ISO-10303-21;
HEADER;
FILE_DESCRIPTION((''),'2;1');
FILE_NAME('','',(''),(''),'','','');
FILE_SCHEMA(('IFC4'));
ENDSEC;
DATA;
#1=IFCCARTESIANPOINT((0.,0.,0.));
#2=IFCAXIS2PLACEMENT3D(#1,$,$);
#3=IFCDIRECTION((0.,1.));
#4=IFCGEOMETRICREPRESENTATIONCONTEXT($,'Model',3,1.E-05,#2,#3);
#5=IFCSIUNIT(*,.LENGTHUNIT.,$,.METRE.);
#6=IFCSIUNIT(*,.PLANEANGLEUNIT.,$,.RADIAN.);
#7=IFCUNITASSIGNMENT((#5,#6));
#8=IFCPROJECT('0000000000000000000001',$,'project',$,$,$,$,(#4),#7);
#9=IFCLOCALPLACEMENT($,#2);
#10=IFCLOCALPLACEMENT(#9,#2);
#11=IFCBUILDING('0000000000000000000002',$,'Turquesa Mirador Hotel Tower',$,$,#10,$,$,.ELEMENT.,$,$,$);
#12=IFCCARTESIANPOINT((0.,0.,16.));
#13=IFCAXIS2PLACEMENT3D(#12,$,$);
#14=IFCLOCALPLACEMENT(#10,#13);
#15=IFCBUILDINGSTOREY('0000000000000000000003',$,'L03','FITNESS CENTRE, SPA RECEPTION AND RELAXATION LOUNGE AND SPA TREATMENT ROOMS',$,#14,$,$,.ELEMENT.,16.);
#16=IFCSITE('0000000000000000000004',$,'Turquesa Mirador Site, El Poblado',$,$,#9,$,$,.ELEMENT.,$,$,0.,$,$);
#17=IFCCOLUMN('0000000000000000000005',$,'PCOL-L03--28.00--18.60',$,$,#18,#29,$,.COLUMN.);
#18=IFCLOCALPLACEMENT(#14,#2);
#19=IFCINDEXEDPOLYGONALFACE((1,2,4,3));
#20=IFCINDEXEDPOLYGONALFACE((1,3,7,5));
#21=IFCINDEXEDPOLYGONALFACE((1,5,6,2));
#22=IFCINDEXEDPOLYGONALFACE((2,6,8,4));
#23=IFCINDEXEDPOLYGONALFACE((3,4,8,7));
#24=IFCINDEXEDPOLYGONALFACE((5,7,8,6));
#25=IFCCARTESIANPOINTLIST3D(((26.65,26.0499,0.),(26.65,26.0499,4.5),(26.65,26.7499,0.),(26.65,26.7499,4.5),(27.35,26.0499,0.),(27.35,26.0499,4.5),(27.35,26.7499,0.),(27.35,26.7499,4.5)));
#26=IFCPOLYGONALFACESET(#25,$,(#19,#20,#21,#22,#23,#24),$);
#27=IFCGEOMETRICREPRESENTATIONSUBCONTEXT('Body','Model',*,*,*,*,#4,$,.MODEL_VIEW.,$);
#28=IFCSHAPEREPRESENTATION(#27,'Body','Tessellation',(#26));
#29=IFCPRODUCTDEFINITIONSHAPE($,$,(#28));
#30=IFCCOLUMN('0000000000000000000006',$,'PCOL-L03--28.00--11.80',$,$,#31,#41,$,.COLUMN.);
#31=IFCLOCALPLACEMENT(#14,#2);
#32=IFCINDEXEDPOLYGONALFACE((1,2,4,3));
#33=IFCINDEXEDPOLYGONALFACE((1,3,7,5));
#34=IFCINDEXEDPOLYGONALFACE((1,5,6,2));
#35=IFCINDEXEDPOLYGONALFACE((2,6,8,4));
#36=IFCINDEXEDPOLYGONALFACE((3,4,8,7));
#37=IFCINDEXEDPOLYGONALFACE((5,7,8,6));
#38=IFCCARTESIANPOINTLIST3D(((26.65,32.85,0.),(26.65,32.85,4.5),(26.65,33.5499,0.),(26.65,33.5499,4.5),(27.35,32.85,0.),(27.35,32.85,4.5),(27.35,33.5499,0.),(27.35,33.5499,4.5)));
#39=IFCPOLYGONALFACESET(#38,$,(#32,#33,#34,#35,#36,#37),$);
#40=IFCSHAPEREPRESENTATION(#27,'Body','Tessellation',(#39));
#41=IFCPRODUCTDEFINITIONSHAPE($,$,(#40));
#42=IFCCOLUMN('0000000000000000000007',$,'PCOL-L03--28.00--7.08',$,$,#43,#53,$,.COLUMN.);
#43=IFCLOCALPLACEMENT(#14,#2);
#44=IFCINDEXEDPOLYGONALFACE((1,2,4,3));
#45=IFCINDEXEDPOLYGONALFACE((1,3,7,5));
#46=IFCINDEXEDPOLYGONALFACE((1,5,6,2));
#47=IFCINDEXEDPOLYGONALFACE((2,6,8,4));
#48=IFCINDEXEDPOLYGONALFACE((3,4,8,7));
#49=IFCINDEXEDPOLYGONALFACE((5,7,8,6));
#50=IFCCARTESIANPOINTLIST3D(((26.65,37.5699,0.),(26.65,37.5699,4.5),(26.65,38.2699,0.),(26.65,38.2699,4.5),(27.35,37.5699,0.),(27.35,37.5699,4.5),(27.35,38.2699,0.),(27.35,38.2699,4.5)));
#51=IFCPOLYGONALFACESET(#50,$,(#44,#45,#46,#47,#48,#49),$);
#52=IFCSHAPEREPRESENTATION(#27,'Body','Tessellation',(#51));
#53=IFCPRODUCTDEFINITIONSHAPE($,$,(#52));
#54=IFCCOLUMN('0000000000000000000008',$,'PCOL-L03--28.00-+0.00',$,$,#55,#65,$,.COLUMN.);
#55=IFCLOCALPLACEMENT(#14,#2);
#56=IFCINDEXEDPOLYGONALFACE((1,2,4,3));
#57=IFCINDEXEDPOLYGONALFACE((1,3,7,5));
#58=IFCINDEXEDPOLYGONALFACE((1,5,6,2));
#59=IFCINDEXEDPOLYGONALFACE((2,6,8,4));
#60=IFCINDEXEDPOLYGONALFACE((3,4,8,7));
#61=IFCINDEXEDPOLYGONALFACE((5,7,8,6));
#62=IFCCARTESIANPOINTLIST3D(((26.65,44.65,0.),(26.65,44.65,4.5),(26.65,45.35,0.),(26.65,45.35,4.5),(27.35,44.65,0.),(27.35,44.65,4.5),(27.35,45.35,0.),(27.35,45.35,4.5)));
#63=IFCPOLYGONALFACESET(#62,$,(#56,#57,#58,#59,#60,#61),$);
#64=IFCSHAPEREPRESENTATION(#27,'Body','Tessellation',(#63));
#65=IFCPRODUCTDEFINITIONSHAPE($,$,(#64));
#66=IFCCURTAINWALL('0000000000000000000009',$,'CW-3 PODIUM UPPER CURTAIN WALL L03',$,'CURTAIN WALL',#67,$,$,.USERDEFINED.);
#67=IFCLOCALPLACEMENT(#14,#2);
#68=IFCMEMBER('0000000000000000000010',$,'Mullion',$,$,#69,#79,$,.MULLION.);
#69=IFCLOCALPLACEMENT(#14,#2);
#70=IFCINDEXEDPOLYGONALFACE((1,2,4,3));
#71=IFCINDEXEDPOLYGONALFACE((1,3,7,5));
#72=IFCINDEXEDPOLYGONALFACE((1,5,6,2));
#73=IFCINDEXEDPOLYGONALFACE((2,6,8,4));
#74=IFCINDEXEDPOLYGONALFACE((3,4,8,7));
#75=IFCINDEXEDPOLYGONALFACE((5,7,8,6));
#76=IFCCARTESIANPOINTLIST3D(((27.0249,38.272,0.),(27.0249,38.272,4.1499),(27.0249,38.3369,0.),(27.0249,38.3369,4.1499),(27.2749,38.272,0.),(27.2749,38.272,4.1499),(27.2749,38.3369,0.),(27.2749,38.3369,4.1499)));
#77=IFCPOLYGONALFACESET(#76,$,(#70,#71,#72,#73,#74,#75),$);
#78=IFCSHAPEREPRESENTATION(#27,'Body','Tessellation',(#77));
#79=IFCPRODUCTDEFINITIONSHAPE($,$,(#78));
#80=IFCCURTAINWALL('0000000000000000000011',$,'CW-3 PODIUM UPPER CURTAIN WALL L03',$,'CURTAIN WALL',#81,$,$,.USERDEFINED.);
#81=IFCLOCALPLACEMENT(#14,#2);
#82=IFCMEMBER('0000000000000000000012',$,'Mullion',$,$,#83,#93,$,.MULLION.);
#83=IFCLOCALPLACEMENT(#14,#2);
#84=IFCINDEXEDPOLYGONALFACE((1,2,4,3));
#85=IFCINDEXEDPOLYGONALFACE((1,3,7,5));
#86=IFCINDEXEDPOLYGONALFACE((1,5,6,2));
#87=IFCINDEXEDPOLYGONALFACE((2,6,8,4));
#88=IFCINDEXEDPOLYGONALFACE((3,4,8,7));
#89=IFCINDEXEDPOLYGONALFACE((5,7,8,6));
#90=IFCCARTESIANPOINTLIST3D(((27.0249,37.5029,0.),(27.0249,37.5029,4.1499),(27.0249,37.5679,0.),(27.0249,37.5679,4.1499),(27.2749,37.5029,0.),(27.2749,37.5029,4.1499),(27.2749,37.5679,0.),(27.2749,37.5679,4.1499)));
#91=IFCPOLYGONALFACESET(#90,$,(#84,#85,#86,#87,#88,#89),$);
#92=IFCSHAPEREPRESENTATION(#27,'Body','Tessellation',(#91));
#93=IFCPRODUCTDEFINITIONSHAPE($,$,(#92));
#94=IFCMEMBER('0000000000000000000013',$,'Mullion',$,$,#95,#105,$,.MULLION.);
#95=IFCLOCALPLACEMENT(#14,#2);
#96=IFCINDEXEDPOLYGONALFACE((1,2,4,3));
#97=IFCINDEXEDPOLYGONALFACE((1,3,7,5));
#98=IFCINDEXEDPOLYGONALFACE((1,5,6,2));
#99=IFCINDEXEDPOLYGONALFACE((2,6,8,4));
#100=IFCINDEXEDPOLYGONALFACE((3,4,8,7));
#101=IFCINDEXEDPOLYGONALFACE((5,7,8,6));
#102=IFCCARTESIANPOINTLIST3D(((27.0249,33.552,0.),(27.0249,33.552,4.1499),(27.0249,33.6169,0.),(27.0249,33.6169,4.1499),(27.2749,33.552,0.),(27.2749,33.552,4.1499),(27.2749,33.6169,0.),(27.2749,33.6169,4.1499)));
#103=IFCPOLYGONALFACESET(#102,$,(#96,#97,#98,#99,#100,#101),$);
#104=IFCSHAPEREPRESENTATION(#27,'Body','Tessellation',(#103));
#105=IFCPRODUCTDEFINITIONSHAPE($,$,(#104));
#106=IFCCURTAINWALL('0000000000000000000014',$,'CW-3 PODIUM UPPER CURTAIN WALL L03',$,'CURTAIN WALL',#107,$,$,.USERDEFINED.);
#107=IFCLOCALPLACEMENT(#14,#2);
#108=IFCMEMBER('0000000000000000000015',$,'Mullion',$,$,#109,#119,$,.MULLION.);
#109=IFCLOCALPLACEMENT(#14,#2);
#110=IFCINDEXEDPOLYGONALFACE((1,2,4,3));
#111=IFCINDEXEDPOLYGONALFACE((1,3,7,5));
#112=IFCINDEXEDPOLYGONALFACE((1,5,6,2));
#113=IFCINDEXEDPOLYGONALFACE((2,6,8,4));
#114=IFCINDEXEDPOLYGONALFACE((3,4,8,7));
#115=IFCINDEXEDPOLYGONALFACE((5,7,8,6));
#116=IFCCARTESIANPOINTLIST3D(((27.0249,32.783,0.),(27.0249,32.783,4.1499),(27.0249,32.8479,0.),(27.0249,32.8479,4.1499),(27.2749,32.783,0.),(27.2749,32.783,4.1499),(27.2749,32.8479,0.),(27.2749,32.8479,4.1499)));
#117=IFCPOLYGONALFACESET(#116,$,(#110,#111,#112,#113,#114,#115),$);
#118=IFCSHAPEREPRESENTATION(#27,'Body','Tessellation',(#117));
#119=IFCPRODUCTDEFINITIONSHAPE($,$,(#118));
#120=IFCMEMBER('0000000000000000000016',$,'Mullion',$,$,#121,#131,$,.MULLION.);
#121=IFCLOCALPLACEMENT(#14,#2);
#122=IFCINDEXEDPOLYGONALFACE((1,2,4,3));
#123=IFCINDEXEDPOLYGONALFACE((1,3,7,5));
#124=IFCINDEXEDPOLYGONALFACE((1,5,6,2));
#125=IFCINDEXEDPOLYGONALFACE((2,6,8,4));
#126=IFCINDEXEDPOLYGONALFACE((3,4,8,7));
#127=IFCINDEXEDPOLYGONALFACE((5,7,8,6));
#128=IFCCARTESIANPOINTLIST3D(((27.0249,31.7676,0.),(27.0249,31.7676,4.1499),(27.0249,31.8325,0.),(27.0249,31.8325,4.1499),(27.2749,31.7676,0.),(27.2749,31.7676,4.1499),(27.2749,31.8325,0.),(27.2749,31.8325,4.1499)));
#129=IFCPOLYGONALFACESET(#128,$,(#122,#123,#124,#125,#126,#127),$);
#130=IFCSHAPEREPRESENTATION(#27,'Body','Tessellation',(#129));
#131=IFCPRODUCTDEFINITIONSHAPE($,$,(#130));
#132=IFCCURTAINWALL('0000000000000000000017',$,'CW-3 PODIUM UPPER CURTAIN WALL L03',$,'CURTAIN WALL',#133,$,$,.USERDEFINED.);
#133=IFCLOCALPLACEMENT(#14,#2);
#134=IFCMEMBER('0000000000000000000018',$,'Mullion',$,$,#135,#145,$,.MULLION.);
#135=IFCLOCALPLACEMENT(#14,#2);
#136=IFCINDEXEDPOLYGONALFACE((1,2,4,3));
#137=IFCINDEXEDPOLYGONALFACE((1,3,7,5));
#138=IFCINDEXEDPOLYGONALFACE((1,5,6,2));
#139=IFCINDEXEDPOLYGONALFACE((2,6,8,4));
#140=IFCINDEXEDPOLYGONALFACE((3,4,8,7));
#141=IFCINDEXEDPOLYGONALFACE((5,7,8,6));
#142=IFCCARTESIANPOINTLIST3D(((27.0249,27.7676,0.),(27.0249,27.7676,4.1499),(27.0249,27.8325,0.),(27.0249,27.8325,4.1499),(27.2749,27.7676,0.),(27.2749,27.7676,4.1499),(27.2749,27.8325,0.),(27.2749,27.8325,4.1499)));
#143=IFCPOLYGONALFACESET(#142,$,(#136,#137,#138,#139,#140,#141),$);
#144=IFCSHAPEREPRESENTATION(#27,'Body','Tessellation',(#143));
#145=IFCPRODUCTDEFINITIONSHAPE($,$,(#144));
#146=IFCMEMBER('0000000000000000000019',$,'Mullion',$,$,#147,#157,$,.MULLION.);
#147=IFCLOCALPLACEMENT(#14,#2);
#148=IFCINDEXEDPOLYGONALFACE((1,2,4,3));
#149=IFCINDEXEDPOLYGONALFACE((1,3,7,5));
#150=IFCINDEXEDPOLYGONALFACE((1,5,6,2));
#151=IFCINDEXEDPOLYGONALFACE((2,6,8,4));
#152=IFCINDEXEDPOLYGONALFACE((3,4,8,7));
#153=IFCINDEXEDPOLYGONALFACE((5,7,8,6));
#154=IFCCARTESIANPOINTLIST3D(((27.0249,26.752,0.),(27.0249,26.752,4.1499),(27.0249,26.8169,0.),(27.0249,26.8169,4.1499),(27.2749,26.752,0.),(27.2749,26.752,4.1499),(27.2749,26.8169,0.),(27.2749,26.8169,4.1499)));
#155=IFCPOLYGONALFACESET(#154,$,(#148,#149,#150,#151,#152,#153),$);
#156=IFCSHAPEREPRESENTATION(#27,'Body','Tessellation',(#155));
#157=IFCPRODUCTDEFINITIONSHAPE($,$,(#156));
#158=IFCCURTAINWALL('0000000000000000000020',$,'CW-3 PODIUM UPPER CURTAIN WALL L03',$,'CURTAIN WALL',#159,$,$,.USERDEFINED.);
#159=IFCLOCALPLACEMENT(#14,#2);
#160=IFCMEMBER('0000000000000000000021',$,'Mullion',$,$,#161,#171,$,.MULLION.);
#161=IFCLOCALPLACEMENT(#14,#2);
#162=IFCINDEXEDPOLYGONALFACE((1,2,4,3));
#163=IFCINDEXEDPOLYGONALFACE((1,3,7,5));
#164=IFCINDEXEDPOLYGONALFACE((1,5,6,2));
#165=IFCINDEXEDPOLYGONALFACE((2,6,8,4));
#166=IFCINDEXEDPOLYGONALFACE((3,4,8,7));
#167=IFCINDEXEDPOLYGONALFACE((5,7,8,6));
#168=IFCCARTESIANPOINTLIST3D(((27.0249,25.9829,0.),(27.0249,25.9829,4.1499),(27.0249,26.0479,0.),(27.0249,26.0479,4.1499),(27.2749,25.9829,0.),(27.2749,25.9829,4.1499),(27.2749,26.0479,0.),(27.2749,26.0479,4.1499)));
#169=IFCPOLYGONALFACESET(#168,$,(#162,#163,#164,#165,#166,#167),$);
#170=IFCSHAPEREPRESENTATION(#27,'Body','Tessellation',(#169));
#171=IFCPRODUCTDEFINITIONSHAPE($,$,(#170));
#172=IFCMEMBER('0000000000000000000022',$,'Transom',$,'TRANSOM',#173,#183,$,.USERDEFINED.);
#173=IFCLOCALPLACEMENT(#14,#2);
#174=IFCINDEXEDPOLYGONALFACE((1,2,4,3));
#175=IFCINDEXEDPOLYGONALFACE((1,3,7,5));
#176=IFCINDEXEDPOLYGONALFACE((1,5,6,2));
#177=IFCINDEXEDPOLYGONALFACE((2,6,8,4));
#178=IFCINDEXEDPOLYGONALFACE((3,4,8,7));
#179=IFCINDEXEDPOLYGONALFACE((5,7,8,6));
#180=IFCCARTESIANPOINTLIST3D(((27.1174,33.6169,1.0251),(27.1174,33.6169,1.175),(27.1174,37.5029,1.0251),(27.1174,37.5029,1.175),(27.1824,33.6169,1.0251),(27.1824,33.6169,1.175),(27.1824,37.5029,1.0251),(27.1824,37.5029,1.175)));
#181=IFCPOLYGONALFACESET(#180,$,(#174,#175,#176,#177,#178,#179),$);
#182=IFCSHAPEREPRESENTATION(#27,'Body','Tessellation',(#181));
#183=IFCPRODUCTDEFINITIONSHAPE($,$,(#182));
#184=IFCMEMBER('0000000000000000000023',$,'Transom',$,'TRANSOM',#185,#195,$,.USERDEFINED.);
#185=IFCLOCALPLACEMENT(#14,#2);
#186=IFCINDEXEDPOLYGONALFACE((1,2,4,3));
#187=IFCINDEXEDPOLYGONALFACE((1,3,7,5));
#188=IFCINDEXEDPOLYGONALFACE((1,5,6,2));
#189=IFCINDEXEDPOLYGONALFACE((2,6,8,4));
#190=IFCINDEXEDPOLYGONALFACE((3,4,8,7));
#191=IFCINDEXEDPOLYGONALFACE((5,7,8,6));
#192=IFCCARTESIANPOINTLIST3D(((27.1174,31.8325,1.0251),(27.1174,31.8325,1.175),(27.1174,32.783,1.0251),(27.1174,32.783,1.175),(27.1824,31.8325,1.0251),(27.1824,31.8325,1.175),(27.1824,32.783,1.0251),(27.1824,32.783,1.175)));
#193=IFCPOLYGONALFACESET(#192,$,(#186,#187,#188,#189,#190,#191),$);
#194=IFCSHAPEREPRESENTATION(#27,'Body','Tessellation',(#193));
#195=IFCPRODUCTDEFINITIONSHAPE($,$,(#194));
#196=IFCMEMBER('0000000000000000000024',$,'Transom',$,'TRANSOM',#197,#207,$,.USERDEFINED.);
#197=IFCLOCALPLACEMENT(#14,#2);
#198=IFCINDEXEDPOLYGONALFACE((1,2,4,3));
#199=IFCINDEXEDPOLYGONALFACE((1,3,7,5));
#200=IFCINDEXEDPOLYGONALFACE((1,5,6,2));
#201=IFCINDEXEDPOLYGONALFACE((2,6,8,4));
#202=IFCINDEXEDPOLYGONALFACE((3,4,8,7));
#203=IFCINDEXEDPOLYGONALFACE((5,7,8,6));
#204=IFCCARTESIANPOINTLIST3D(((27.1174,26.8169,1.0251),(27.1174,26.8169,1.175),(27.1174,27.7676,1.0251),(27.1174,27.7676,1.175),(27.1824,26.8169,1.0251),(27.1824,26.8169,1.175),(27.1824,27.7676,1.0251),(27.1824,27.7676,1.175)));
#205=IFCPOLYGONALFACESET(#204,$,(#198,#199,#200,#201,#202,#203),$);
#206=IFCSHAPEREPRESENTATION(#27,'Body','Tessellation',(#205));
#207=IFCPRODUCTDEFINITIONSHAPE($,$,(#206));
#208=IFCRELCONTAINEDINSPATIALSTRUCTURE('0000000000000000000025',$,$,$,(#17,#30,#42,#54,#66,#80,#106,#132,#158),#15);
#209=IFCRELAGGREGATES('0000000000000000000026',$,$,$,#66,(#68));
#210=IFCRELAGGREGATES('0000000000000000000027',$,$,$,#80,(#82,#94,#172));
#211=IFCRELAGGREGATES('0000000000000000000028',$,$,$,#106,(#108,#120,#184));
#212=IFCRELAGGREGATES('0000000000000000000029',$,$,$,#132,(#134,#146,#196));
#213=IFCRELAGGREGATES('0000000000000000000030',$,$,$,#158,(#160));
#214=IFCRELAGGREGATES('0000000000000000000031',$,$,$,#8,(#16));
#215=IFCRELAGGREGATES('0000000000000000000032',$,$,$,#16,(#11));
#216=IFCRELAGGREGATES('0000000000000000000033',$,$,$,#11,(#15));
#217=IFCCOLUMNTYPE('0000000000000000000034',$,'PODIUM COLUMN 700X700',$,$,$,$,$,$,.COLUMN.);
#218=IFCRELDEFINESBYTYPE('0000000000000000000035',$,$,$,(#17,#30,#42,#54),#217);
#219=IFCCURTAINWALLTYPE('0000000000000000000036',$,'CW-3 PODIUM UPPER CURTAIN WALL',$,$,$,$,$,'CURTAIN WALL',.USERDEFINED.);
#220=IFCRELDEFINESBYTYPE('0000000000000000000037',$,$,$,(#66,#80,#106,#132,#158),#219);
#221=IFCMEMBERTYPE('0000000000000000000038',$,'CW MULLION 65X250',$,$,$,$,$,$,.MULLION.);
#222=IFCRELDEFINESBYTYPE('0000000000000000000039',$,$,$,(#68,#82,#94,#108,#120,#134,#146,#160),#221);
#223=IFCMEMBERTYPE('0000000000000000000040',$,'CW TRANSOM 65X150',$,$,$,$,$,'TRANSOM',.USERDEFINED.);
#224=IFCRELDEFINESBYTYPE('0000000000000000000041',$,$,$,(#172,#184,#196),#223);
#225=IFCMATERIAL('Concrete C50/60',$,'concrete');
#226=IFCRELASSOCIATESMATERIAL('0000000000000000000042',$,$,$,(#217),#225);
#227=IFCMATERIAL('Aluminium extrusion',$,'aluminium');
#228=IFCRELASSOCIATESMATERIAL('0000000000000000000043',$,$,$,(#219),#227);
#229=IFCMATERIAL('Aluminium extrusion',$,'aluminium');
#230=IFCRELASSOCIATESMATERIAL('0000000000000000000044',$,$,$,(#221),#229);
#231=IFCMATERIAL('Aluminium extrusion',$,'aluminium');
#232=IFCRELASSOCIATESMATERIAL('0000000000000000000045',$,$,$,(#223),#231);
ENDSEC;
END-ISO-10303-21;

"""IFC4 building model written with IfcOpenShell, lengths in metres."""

from ifc_helpers import new_model, si_unit, direction, frame, origin, origin_2d, place, context, subcontext, project, spatial, rectangle, extrude, material, material_profile, profile_set, type_object, element, aggregate, save


model = new_model("IFC4")

# Units and contexts
model_context = context("Model", 3, precision=1e-05, world=origin(), true_north=direction((0.0, 1.0)))
body_context = subcontext(model_context, "Body", "Model", "MODEL_VIEW")
ifc_project = project(units=[si_unit("LENGTHUNIT", "METRE"), si_unit("PLANEANGLEUNIT", "RADIAN")], contexts=[model_context])

# Site, building, storey
site_placement = place(None, origin())
site = spatial("IfcSite", under=ifc_project, at=site_placement, Name="Turquesa Mirador Site, El Poblado", CompositionType="ELEMENT", RefElevation=0.0)
building_placement = place(site_placement, origin())
building = spatial("IfcBuilding", under=site, at=building_placement, Name="Turquesa Mirador Hotel Tower", CompositionType="ELEMENT")
storey_placement = place(building_placement, frame((0.0, 0.0, 16.0)))
storey = spatial("IfcBuildingStorey", under=building, at=storey_placement, Name="L03", Description="FITNESS CENTRE, SPA RECEPTION AND RELAXATION LOUNGE AND SPA TREATMENT ROOMS", CompositionType="ELEMENT", Elevation=16.0)

# Columns
ifc_material_1 = material(Name="Concrete C50/60", Category="concrete")
ifc_material_profile_1 = material_profile(ifc_material_1, rectangle(XDim=0.7, YDim=0.7, at=origin_2d()), Name="RC 700X700")
ifc_profile_set_1 = profile_set([ifc_material_profile_1], Name="Concrete C50/60")
column_type = type_object("IfcColumnType", Name="PODIUM COLUMN 700X700", PredefinedType="COLUMN", material=ifc_profile_set_1)
for number, where, z_axis, x_axis, name in (
    (1, (27.0, 26.3999, 0.0), (0.0, 0.0, 1.0), (1.0, 0.0, 0.0), "PCOL-L03--28.00--18.60"),
    (2, (27.0, 33.2, 0.0), (0.0, 0.0, 1.0), (1.0, 0.0, 0.0), "PCOL-L03--28.00--11.80"),
    (3, (27.0, 37.9199, 0.0), (0.0, 0.0, 1.0), (1.0, 0.0, 0.0), "PCOL-L03--28.00--7.08"),
    (4, (27.0, 45.0, 0.0), (0.0, 0.0, 1.0), (1.0, 0.0, 0.0), "PCOL-L03--28.00-+0.00"),
):
    element("IfcColumn", number, at=place(storey_placement, frame(where, z_axis=z_axis, x_axis=x_axis)), inside=storey, type_object=column_type, Name=name, PredefinedType="COLUMN", context=body_context, shape_type="SweptSolid", body=[
        extrude(rectangle(XDim=0.7, YDim=0.7, at=origin_2d()), origin(), (0.0, 0.0, 1.0), 4.5),
    ])

# Curtain wall, member
ifc_material_2 = material(Name="Aluminium extrusion", Category="aluminium")
curtain_wall_type = type_object("IfcCurtainWallType", Name="CW-3 PODIUM UPPER CURTAIN WALL", ElementType="CURTAIN WALL", PredefinedType="USERDEFINED", material=ifc_material_2)
curtain_wall_1_placement = place(storey_placement, origin())
curtain_wall_1 = element("IfcCurtainWall", 5, at=curtain_wall_1_placement, inside=storey, type_object=curtain_wall_type, Name="CW-3 PODIUM UPPER CURTAIN WALL L03", ObjectType="CURTAIN WALL", PredefinedType="USERDEFINED")
ifc_material_3 = material(Name="Aluminium extrusion", Category="aluminium")
ifc_material_profile_2 = material_profile(ifc_material_3, rectangle(XDim=0.0649, YDim=0.25, at=origin_2d()), Name="MULLION 65X250")
ifc_profile_set_2 = profile_set([ifc_material_profile_2], Name="Aluminium extrusion")
member_type_1 = type_object("IfcMemberType", Name="CW MULLION 65X250", PredefinedType="MULLION", material=ifc_profile_set_2)
member_1_placement = place(storey_placement, frame((27.1499, 38.3044, 0.0), z_axis=(0.0, 0.0, 1.0), x_axis=(0.0, -1.0, 0.0)))
member_1 = element("IfcMember", 6, at=member_1_placement, type_object=member_type_1, Name="Mullion", PredefinedType="MULLION", context=body_context, shape_type="SweptSolid", body=[
    extrude(rectangle(XDim=0.0649, YDim=0.25, at=origin_2d()), origin(), (0.0, 0.0, 1.0), 4.1499),
])

# Curtain walls, members
curtain_wall_2_placement = place(storey_placement, origin())
curtain_wall_2 = element("IfcCurtainWall", 7, at=curtain_wall_2_placement, inside=storey, type_object=curtain_wall_type, Name="CW-3 PODIUM UPPER CURTAIN WALL L03", ObjectType="CURTAIN WALL", PredefinedType="USERDEFINED")
member_2_placement = place(storey_placement, frame((27.1499, 37.5354, 0.0), z_axis=(0.0, 0.0, 1.0), x_axis=(0.0, -1.0, 0.0)))
member_2 = element("IfcMember", 8, at=member_2_placement, type_object=member_type_1, Name="Mullion", PredefinedType="MULLION", context=body_context, shape_type="SweptSolid", body=[
    extrude(rectangle(XDim=0.0649, YDim=0.25, at=origin_2d()), origin(), (0.0, 0.0, 1.0), 4.1499),
])
member_3_placement = place(storey_placement, frame((27.1499, 33.5845, 0.0), z_axis=(0.0, 0.0, 1.0), x_axis=(0.0, -1.0, 0.0)))
member_3 = element("IfcMember", 9, at=member_3_placement, type_object=member_type_1, Name="Mullion", PredefinedType="MULLION", context=body_context, shape_type="SweptSolid", body=[
    extrude(rectangle(XDim=0.0649, YDim=0.25, at=origin_2d()), origin(), (0.0, 0.0, 1.0), 4.1499),
])
curtain_wall_3_placement = place(storey_placement, origin())
curtain_wall_3 = element("IfcCurtainWall", 10, at=curtain_wall_3_placement, inside=storey, type_object=curtain_wall_type, Name="CW-3 PODIUM UPPER CURTAIN WALL L03", ObjectType="CURTAIN WALL", PredefinedType="USERDEFINED")
member_4_placement = place(storey_placement, frame((27.1499, 32.8154, 0.0), z_axis=(0.0, 0.0, 1.0), x_axis=(0.0, -1.0, 0.0)))
member_4 = element("IfcMember", 11, at=member_4_placement, type_object=member_type_1, Name="Mullion", PredefinedType="MULLION", context=body_context, shape_type="SweptSolid", body=[
    extrude(rectangle(XDim=0.0649, YDim=0.25, at=origin_2d()), origin(), (0.0, 0.0, 1.0), 4.1499),
])
member_5_placement = place(storey_placement, frame((27.1499, 31.8, 0.0), z_axis=(0.0, 0.0, 1.0), x_axis=(0.0, -1.0, 0.0)))
member_5 = element("IfcMember", 12, at=member_5_placement, type_object=member_type_1, Name="Mullion", PredefinedType="MULLION", context=body_context, shape_type="SweptSolid", body=[
    extrude(rectangle(XDim=0.0649, YDim=0.25, at=origin_2d()), origin(), (0.0, 0.0, 1.0), 4.1499),
])
curtain_wall_4_placement = place(storey_placement, origin())
curtain_wall_4 = element("IfcCurtainWall", 13, at=curtain_wall_4_placement, inside=storey, type_object=curtain_wall_type, Name="CW-3 PODIUM UPPER CURTAIN WALL L03", ObjectType="CURTAIN WALL", PredefinedType="USERDEFINED")
member_6_placement = place(storey_placement, frame((27.1499, 27.8, 0.0), z_axis=(0.0, 0.0, 1.0), x_axis=(0.0, -1.0, 0.0)))
member_6 = element("IfcMember", 14, at=member_6_placement, type_object=member_type_1, Name="Mullion", PredefinedType="MULLION", context=body_context, shape_type="SweptSolid", body=[
    extrude(rectangle(XDim=0.0649, YDim=0.25, at=origin_2d()), origin(), (0.0, 0.0, 1.0), 4.1499),
])
member_7_placement = place(storey_placement, frame((27.1499, 26.7844, 0.0), z_axis=(0.0, 0.0, 1.0), x_axis=(0.0, -1.0, 0.0)))
member_7 = element("IfcMember", 15, at=member_7_placement, type_object=member_type_1, Name="Mullion", PredefinedType="MULLION", context=body_context, shape_type="SweptSolid", body=[
    extrude(rectangle(XDim=0.0649, YDim=0.25, at=origin_2d()), origin(), (0.0, 0.0, 1.0), 4.1499),
])

# Curtain wall, member
curtain_wall_5_placement = place(storey_placement, origin())
curtain_wall_5 = element("IfcCurtainWall", 16, at=curtain_wall_5_placement, inside=storey, type_object=curtain_wall_type, Name="CW-3 PODIUM UPPER CURTAIN WALL L03", ObjectType="CURTAIN WALL", PredefinedType="USERDEFINED")
member_8_placement = place(storey_placement, frame((27.1499, 26.0154, 0.0), z_axis=(0.0, 0.0, 1.0), x_axis=(0.0, -1.0, 0.0)))
member_8 = element("IfcMember", 17, at=member_8_placement, type_object=member_type_1, Name="Mullion", PredefinedType="MULLION", context=body_context, shape_type="SweptSolid", body=[
    extrude(rectangle(XDim=0.0649, YDim=0.25, at=origin_2d()), origin(), (0.0, 0.0, 1.0), 4.1499),
])

# Members
ifc_material_4 = material(Name="Aluminium extrusion", Category="aluminium")
ifc_material_profile_3 = material_profile(ifc_material_4, rectangle(XDim=0.0649, YDim=0.1499, at=origin_2d()), Name="TRANSOM 65X150")
ifc_profile_set_3 = profile_set([ifc_material_profile_3], Name="Aluminium extrusion")
member_type_2 = type_object("IfcMemberType", Name="CW TRANSOM 65X150", ElementType="TRANSOM", PredefinedType="USERDEFINED", material=ifc_profile_set_3)
member_9_placement = place(storey_placement, frame((27.1499, 37.5029, 1.1001), z_axis=(0.0, -1.0, 0.0), x_axis=(1.0, 0.0, 0.0)))
member_9 = element("IfcMember", 18, at=member_9_placement, type_object=member_type_2, Name="Transom", ObjectType="TRANSOM", PredefinedType="USERDEFINED", context=body_context, shape_type="SweptSolid", body=[
    extrude(rectangle(XDim=0.0649, YDim=0.1499, at=origin_2d()), origin(), (0.0, 0.0, 1.0), 3.886),
])
member_10_placement = place(storey_placement, frame((27.1499, 32.783, 1.1001), z_axis=(0.0, -1.0, 0.0), x_axis=(1.0, 0.0, 0.0)))
member_10 = element("IfcMember", 19, at=member_10_placement, type_object=member_type_2, Name="Transom", ObjectType="TRANSOM", PredefinedType="USERDEFINED", context=body_context, shape_type="SweptSolid", body=[
    extrude(rectangle(XDim=0.0649, YDim=0.1499, at=origin_2d()), origin(), (0.0, 0.0, 1.0), 0.9504),
])
member_11_placement = place(storey_placement, frame((27.1499, 27.7676, 1.1001), z_axis=(0.0, -1.0, 0.0), x_axis=(1.0, 0.0, 0.0)))
member_11 = element("IfcMember", 20, at=member_11_placement, type_object=member_type_2, Name="Transom", ObjectType="TRANSOM", PredefinedType="USERDEFINED", context=body_context, shape_type="SweptSolid", body=[
    extrude(rectangle(XDim=0.0649, YDim=0.1499, at=origin_2d()), origin(), (0.0, 0.0, 1.0), 0.9507),
])

aggregate(curtain_wall_1, [member_1])
aggregate(curtain_wall_2, [member_2, member_3, member_9])
aggregate(curtain_wall_3, [member_4, member_5, member_10])
aggregate(curtain_wall_4, [member_6, member_7, member_11])
aggregate(curtain_wall_5, [member_8])

save(model, "model.ifc")
